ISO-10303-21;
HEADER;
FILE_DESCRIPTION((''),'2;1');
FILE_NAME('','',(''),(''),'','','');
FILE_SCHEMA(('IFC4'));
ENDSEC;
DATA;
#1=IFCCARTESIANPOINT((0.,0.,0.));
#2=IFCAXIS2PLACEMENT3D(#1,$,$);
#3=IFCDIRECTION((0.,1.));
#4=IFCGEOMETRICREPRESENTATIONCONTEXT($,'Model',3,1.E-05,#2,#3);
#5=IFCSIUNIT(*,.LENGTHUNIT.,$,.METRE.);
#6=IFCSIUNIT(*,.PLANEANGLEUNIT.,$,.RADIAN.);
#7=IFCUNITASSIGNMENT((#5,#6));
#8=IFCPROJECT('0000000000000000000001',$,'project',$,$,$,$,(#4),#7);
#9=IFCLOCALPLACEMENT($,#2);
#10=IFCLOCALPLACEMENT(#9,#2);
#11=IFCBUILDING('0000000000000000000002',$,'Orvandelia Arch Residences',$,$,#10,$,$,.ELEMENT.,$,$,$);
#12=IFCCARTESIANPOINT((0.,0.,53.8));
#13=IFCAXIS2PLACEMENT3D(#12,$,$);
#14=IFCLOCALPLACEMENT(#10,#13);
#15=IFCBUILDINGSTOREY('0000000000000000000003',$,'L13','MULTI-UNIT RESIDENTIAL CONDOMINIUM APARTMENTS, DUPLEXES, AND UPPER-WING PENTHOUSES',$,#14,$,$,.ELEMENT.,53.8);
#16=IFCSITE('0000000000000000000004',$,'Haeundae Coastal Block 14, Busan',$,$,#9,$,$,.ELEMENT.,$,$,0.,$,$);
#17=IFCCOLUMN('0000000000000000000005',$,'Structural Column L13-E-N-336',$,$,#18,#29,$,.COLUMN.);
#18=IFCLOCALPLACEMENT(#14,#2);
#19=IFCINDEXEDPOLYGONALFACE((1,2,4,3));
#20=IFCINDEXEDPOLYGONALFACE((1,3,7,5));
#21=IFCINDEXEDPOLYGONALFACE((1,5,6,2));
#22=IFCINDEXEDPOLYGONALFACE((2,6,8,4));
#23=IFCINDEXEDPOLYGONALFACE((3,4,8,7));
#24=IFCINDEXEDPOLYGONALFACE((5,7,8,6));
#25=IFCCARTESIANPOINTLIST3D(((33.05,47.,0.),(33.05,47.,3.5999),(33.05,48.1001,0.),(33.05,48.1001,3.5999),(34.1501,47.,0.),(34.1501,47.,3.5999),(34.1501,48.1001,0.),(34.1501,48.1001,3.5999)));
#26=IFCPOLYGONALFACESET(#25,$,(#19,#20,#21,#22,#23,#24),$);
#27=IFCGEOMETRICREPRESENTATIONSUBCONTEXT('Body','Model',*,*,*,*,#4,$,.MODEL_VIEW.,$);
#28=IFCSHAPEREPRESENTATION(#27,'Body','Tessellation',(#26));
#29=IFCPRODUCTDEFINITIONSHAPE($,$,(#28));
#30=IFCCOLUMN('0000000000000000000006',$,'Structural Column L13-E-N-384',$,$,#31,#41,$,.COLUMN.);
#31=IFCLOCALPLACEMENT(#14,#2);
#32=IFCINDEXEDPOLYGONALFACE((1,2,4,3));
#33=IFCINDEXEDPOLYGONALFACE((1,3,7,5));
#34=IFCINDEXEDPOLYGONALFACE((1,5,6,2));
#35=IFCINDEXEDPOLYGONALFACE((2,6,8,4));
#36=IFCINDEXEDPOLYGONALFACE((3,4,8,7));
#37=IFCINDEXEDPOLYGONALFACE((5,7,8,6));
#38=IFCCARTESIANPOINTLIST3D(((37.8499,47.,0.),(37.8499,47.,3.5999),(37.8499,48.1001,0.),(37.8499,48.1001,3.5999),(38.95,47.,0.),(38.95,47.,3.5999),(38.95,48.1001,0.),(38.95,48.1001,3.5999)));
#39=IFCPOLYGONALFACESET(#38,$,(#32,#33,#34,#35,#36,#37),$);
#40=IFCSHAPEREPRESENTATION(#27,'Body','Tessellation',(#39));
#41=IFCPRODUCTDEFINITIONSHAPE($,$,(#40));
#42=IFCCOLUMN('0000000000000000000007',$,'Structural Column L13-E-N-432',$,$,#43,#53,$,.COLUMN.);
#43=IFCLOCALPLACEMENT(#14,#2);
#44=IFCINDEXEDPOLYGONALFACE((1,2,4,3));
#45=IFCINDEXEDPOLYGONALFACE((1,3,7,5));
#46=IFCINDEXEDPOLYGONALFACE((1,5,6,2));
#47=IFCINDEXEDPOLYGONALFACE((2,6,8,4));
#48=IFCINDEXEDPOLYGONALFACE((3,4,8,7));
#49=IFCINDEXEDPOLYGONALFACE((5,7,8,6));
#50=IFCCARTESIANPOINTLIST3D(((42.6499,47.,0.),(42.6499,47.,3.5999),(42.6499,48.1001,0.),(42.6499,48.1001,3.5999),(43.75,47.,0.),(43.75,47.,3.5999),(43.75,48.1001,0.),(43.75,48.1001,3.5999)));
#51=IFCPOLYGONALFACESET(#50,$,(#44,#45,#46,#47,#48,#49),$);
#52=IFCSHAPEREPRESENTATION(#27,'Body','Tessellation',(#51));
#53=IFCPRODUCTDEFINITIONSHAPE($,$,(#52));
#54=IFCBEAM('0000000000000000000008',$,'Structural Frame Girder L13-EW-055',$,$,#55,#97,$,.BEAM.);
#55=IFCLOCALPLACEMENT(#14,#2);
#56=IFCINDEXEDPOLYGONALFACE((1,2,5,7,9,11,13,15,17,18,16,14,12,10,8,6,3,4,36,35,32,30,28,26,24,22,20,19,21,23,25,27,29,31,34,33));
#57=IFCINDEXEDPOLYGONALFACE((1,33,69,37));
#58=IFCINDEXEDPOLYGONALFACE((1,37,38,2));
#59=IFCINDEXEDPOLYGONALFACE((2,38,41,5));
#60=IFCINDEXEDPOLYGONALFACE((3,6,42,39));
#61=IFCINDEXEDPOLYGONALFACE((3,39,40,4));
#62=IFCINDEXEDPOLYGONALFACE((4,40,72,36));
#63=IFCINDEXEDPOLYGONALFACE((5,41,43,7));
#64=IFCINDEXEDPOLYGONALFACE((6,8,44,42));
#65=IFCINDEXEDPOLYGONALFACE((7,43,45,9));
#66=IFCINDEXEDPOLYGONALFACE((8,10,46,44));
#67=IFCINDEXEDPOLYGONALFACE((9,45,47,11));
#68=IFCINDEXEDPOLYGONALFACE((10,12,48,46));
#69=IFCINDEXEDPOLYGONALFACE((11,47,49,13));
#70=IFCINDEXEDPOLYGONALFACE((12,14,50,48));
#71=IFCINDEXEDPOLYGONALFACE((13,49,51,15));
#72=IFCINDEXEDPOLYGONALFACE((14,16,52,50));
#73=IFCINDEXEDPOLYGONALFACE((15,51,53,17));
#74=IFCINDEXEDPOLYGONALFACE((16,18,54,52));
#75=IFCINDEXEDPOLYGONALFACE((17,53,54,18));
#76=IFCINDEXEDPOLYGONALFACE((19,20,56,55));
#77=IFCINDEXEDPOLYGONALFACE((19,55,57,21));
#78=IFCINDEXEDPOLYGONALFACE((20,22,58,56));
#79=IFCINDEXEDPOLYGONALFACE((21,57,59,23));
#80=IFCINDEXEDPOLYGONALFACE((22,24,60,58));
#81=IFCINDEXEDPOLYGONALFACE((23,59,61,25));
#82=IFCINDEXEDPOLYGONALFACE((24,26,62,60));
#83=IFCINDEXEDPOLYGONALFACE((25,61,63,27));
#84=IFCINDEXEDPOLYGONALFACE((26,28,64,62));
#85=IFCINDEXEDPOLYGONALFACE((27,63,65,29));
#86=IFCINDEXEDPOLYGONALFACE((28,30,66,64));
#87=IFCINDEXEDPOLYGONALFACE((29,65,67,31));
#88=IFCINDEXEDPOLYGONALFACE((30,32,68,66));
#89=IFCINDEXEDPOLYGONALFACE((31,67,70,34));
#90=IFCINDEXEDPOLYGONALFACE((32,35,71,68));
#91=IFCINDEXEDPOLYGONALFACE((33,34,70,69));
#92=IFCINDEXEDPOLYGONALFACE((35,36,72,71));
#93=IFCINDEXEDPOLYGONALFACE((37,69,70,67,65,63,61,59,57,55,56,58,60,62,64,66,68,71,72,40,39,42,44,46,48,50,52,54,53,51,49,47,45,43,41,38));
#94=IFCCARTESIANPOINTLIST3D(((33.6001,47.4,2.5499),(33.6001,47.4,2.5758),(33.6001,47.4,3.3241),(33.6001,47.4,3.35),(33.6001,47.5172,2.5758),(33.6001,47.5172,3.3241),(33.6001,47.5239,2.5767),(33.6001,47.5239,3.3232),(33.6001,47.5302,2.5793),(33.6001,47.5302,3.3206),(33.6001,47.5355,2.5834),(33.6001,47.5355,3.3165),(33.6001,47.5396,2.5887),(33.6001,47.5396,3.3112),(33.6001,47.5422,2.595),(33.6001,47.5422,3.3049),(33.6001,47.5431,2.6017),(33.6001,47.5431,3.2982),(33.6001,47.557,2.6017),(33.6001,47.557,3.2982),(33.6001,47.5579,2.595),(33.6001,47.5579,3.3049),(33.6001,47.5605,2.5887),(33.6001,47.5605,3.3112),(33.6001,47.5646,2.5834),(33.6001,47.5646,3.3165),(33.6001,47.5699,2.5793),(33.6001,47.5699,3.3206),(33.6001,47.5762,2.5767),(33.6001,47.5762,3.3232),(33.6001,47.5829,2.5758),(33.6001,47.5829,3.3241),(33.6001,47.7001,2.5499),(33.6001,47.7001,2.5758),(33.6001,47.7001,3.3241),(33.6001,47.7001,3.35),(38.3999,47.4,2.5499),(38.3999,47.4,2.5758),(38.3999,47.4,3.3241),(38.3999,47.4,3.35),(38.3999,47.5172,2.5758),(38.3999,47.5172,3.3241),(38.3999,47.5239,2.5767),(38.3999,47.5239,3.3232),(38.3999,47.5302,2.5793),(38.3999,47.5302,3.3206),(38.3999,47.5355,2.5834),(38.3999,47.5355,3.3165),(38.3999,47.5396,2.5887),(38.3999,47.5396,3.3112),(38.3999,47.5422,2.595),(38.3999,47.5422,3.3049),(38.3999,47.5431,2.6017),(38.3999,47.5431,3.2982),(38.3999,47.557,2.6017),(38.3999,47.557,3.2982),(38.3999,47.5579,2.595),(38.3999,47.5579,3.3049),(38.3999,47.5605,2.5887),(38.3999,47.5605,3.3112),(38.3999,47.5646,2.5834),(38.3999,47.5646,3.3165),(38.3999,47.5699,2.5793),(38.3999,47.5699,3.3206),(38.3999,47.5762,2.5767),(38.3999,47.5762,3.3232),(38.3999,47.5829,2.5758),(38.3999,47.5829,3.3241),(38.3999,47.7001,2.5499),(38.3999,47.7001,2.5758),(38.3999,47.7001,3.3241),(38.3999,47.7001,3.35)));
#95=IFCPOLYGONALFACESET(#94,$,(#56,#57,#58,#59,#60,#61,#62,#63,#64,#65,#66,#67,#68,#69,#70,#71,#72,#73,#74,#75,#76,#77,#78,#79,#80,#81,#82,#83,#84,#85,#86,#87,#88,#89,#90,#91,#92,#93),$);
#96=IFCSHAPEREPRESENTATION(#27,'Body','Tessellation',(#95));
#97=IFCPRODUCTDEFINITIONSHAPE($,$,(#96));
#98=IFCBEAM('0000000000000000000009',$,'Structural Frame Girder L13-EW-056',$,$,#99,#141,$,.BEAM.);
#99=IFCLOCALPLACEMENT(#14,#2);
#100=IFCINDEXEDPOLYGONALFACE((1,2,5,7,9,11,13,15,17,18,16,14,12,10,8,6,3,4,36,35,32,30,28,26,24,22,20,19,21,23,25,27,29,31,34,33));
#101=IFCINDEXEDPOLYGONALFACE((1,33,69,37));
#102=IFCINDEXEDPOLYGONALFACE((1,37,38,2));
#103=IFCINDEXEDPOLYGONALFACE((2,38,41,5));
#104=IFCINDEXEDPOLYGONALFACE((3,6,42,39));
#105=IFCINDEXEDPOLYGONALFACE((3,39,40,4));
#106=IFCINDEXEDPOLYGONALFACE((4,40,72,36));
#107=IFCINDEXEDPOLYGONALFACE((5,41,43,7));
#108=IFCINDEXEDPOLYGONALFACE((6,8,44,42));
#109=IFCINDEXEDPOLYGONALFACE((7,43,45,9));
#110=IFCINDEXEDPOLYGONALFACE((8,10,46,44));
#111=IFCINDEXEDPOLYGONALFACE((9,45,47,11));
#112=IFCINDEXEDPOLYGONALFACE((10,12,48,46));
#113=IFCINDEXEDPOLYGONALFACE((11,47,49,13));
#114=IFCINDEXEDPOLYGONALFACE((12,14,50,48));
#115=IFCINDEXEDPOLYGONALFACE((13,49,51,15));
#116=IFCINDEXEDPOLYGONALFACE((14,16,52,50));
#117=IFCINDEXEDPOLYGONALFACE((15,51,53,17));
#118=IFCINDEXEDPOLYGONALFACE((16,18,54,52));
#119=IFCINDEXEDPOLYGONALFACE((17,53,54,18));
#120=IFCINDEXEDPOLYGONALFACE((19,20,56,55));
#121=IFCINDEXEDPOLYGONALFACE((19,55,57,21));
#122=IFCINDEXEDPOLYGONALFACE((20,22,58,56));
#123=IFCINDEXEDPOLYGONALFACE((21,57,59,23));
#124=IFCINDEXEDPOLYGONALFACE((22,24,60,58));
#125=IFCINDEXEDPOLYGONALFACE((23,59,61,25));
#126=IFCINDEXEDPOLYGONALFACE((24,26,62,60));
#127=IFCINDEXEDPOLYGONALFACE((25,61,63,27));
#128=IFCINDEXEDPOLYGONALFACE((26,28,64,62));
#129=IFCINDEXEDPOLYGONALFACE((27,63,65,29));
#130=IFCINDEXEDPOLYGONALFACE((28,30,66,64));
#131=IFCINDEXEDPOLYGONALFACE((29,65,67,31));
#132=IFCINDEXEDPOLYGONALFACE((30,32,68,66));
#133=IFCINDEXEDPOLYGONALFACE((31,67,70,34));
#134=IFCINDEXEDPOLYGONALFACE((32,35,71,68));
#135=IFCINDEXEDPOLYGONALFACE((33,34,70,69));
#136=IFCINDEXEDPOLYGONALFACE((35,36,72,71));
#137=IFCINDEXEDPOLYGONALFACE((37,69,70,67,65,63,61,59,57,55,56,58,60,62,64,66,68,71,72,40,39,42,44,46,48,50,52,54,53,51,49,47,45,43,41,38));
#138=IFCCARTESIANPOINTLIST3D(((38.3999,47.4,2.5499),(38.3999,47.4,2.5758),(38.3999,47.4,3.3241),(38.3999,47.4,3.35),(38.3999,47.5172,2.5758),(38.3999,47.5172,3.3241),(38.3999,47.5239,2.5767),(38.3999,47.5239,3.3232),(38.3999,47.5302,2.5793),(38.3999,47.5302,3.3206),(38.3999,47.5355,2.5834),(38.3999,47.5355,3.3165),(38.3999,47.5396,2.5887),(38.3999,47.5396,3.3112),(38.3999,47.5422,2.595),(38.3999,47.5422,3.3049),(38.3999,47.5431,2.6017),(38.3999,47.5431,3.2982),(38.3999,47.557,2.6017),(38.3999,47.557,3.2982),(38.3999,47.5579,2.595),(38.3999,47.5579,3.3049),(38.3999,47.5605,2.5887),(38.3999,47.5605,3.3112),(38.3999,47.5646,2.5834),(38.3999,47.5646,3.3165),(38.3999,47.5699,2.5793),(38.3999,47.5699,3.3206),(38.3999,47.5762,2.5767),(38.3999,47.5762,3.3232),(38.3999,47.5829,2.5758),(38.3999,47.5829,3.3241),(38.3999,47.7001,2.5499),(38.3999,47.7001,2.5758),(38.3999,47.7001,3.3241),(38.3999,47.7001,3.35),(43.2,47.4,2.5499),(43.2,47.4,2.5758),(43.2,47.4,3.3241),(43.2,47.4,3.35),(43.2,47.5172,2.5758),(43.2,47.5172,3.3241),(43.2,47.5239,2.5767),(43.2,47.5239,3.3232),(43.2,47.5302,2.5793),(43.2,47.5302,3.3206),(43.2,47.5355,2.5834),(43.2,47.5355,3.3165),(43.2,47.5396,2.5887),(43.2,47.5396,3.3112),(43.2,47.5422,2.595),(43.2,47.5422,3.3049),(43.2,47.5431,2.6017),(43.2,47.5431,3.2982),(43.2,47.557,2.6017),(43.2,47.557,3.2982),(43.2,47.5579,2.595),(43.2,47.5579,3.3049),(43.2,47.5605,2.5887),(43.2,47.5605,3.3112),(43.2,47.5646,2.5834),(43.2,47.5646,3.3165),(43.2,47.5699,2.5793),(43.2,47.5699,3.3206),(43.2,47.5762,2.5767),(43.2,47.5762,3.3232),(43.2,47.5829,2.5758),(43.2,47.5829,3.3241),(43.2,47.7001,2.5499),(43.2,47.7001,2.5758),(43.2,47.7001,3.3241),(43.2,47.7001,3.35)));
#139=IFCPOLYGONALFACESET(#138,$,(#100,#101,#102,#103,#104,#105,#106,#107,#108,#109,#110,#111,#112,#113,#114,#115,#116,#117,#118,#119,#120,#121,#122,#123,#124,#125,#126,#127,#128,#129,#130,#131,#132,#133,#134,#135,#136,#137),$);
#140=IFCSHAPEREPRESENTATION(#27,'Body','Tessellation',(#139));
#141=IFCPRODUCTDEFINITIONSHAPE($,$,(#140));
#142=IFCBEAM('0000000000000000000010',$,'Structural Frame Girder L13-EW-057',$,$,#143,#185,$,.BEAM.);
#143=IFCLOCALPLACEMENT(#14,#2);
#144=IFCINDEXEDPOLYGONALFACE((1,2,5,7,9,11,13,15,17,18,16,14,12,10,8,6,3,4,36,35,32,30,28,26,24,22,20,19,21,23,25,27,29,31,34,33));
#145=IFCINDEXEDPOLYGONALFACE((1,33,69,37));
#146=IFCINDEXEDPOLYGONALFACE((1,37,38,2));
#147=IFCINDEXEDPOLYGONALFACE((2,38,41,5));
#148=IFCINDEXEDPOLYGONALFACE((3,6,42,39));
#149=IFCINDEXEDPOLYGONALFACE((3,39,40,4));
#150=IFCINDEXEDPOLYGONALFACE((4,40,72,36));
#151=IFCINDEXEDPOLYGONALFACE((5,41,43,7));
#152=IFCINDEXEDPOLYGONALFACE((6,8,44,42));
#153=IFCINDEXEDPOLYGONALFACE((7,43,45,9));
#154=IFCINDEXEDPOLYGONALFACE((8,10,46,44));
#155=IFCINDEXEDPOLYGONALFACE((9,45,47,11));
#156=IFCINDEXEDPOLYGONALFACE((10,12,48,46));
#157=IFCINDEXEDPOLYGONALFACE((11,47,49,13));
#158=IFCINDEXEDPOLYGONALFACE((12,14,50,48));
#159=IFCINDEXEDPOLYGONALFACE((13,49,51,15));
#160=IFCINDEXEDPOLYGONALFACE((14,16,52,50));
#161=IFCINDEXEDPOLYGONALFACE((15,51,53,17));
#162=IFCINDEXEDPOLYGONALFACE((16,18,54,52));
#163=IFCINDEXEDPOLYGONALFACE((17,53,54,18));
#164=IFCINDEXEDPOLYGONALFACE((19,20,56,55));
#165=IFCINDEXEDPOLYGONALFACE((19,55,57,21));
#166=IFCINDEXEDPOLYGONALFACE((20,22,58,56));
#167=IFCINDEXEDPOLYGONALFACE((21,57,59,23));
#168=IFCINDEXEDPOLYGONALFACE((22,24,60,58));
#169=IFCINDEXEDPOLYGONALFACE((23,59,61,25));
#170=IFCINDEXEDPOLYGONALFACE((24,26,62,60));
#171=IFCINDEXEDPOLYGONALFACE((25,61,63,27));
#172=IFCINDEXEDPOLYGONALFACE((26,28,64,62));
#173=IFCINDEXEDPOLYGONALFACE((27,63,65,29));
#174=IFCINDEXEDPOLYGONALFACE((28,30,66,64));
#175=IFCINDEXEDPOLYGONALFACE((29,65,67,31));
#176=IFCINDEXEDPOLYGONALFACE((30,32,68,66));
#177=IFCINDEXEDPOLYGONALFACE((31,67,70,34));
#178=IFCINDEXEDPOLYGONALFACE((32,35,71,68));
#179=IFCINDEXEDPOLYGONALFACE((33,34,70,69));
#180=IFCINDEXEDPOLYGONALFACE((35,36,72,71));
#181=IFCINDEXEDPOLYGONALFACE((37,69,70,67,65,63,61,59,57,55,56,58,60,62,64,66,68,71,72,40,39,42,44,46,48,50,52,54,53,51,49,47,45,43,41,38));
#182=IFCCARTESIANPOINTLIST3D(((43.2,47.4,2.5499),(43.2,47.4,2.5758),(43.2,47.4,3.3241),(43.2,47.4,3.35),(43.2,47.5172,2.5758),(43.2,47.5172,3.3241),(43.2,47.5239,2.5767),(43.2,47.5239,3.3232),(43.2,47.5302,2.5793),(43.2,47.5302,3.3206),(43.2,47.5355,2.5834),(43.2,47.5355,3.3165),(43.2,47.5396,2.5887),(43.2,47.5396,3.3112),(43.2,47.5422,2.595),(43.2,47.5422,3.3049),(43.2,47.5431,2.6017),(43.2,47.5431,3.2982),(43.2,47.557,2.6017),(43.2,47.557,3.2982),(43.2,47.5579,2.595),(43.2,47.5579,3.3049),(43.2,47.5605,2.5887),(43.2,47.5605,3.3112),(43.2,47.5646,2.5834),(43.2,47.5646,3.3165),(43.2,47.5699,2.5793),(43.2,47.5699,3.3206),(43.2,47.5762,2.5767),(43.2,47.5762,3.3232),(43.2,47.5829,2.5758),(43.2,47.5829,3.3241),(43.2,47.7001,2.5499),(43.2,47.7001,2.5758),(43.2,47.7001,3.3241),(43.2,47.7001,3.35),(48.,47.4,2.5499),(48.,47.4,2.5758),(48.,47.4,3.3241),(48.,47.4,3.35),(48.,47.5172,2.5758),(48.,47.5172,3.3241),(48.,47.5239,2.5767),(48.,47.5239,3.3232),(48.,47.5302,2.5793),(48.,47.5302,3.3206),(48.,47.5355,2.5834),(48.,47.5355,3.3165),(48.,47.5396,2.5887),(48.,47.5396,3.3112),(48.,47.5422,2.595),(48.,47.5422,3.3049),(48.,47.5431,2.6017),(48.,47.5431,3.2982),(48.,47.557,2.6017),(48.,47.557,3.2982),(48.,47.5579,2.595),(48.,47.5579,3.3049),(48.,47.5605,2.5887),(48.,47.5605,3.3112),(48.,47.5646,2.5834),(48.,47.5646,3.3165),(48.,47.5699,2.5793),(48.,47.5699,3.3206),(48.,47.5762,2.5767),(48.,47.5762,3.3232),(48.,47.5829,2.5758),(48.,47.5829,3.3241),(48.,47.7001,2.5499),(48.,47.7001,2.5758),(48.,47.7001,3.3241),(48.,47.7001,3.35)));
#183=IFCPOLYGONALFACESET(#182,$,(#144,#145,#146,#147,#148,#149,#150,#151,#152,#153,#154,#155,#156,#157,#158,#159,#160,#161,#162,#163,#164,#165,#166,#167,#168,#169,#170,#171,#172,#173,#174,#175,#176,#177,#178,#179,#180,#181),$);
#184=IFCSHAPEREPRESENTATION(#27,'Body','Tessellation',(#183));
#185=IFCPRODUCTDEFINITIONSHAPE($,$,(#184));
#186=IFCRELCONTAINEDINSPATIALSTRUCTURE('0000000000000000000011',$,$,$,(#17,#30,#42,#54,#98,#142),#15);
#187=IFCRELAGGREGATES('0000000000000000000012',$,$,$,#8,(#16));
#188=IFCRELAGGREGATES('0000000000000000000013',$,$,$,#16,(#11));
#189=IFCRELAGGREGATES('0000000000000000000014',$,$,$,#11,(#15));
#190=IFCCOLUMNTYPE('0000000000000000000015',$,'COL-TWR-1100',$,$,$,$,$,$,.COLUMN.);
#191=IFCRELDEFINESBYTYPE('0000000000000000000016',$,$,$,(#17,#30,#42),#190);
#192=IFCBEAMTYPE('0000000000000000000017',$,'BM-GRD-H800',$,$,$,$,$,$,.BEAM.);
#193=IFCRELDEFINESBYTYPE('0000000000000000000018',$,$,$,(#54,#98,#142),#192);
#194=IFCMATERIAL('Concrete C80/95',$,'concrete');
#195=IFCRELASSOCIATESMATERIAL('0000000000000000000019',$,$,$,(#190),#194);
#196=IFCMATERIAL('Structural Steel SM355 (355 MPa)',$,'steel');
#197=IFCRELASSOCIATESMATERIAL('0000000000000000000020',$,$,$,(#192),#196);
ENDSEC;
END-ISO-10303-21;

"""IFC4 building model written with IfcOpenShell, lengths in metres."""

from ifc_helpers import new_model, si_unit, direction, frame, origin, origin_2d, place, context, subcontext, project, spatial, rectangle, i_section, extrude, material, material_profile, profile_set, type_object, element, save


model = new_model("IFC4")

# Units and contexts
model_context = context("Model", 3, precision=1e-05, world=origin(), true_north=direction((0.0, 1.0)))
body_context = subcontext(model_context, "Body", "Model", "MODEL_VIEW")
ifc_project = project(units=[si_unit("LENGTHUNIT", "METRE"), si_unit("PLANEANGLEUNIT", "RADIAN")], contexts=[model_context])

# Site, building, storey
site_placement = place(None, origin())
site = spatial("IfcSite", under=ifc_project, at=site_placement, Name="Haeundae Coastal Block 14, Busan", CompositionType="ELEMENT", RefElevation=0.0)
building_placement = place(site_placement, origin())
building = spatial("IfcBuilding", under=site, at=building_placement, Name="Orvandelia Arch Residences", CompositionType="ELEMENT")
storey_placement = place(building_placement, frame((0.0, 0.0, 53.8)))
storey = spatial("IfcBuildingStorey", under=building, at=storey_placement, Name="L13", Description="MULTI-UNIT RESIDENTIAL CONDOMINIUM APARTMENTS, DUPLEXES, AND UPPER-WING PENTHOUSES", CompositionType="ELEMENT", Elevation=53.8)

# Columns
ifc_material_1 = material(Name="Concrete C80/95", Category="concrete")
ifc_material_profile_1 = material_profile(ifc_material_1, rectangle(XDim=1.1001, YDim=1.1001, at=origin_2d()), Name="Concrete C80/95", Category="concrete")
ifc_profile_set_1 = profile_set([ifc_material_profile_1], Name="Concrete C80/95")
column_type = type_object("IfcColumnType", Name="COL-TWR-1100", PredefinedType="COLUMN", material=ifc_profile_set_1)
for number, where, z_axis, x_axis, name in (
    (1, (33.6001, 47.55, 0.0), (0.0, 0.0, 1.0), (1.0, 0.0, 0.0), "Structural Column L13-E-N-336"),
    (2, (38.3999, 47.55, 0.0), (0.0, 0.0, 1.0), (1.0, 0.0, 0.0), "Structural Column L13-E-N-384"),
    (3, (43.2, 47.55, 0.0), (0.0, 0.0, 1.0), (1.0, 0.0, 0.0), "Structural Column L13-E-N-432"),
):
    element("IfcColumn", number, at=place(storey_placement, frame(where, z_axis=z_axis, x_axis=x_axis)), inside=storey, type_object=column_type, Name=name, PredefinedType="COLUMN", context=body_context, shape_type="SweptSolid", body=[
        extrude(rectangle(XDim=1.1001, YDim=1.1001, at=origin_2d()), origin(), (0.0, 0.0, 1.0), 3.5999),
    ])

# Beams
ifc_material_2 = material(Name="Structural Steel SM355 (355 MPa)", Category="steel")
ifc_material_profile_2 = material_profile(ifc_material_2, i_section(OverallWidth=0.3, OverallDepth=0.8, WebThickness=0.0139, FlangeThickness=0.0259, FilletRadius=0.0259, at=origin_2d()), Name="Structural Steel SM355 (355 MPa)", Category="steel")
ifc_profile_set_2 = profile_set([ifc_material_profile_2], Name="Structural Steel SM355 (355 MPa)")
beam_type = type_object("IfcBeamType", Name="BM-GRD-H800", PredefinedType="BEAM", material=ifc_profile_set_2)
beam_placement = place(storey_placement, frame((33.6001, 47.55, 2.95), z_axis=(1.0, 0.0, 0.0), x_axis=(0.0, 1.0, 0.0)))
element("IfcBeam", 4, at=beam_placement, inside=storey, type_object=beam_type, Name="Structural Frame Girder L13-EW-055", PredefinedType="BEAM", context=body_context, shape_type="SweptSolid", body=[
    extrude(i_section(OverallWidth=0.3, OverallDepth=0.8, WebThickness=0.0139, FlangeThickness=0.0259, FilletRadius=0.0259, at=origin_2d()), origin(), (0.0, 0.0, 1.0), 4.7998),
])
for number, where, z_axis, x_axis, name in (
    (5, (38.3999, 47.55, 2.95), (1.0, 0.0, 0.0), (0.0, 1.0, 0.0), "Structural Frame Girder L13-EW-056"),
    (6, (43.2, 47.55, 2.95), (1.0, 0.0, 0.0), (0.0, 1.0, 0.0), "Structural Frame Girder L13-EW-057"),
):
    element("IfcBeam", number, at=place(storey_placement, frame(where, z_axis=z_axis, x_axis=x_axis)), inside=storey, type_object=beam_type, Name=name, PredefinedType="BEAM", context=body_context, shape_type="SweptSolid", body=[
        extrude(i_section(OverallWidth=0.3, OverallDepth=0.8, WebThickness=0.0139, FlangeThickness=0.0259, FilletRadius=0.0259, at=origin_2d()), origin(), (0.0, 0.0, 1.0), 4.8),
    ])

save(model, "model.ifc")
